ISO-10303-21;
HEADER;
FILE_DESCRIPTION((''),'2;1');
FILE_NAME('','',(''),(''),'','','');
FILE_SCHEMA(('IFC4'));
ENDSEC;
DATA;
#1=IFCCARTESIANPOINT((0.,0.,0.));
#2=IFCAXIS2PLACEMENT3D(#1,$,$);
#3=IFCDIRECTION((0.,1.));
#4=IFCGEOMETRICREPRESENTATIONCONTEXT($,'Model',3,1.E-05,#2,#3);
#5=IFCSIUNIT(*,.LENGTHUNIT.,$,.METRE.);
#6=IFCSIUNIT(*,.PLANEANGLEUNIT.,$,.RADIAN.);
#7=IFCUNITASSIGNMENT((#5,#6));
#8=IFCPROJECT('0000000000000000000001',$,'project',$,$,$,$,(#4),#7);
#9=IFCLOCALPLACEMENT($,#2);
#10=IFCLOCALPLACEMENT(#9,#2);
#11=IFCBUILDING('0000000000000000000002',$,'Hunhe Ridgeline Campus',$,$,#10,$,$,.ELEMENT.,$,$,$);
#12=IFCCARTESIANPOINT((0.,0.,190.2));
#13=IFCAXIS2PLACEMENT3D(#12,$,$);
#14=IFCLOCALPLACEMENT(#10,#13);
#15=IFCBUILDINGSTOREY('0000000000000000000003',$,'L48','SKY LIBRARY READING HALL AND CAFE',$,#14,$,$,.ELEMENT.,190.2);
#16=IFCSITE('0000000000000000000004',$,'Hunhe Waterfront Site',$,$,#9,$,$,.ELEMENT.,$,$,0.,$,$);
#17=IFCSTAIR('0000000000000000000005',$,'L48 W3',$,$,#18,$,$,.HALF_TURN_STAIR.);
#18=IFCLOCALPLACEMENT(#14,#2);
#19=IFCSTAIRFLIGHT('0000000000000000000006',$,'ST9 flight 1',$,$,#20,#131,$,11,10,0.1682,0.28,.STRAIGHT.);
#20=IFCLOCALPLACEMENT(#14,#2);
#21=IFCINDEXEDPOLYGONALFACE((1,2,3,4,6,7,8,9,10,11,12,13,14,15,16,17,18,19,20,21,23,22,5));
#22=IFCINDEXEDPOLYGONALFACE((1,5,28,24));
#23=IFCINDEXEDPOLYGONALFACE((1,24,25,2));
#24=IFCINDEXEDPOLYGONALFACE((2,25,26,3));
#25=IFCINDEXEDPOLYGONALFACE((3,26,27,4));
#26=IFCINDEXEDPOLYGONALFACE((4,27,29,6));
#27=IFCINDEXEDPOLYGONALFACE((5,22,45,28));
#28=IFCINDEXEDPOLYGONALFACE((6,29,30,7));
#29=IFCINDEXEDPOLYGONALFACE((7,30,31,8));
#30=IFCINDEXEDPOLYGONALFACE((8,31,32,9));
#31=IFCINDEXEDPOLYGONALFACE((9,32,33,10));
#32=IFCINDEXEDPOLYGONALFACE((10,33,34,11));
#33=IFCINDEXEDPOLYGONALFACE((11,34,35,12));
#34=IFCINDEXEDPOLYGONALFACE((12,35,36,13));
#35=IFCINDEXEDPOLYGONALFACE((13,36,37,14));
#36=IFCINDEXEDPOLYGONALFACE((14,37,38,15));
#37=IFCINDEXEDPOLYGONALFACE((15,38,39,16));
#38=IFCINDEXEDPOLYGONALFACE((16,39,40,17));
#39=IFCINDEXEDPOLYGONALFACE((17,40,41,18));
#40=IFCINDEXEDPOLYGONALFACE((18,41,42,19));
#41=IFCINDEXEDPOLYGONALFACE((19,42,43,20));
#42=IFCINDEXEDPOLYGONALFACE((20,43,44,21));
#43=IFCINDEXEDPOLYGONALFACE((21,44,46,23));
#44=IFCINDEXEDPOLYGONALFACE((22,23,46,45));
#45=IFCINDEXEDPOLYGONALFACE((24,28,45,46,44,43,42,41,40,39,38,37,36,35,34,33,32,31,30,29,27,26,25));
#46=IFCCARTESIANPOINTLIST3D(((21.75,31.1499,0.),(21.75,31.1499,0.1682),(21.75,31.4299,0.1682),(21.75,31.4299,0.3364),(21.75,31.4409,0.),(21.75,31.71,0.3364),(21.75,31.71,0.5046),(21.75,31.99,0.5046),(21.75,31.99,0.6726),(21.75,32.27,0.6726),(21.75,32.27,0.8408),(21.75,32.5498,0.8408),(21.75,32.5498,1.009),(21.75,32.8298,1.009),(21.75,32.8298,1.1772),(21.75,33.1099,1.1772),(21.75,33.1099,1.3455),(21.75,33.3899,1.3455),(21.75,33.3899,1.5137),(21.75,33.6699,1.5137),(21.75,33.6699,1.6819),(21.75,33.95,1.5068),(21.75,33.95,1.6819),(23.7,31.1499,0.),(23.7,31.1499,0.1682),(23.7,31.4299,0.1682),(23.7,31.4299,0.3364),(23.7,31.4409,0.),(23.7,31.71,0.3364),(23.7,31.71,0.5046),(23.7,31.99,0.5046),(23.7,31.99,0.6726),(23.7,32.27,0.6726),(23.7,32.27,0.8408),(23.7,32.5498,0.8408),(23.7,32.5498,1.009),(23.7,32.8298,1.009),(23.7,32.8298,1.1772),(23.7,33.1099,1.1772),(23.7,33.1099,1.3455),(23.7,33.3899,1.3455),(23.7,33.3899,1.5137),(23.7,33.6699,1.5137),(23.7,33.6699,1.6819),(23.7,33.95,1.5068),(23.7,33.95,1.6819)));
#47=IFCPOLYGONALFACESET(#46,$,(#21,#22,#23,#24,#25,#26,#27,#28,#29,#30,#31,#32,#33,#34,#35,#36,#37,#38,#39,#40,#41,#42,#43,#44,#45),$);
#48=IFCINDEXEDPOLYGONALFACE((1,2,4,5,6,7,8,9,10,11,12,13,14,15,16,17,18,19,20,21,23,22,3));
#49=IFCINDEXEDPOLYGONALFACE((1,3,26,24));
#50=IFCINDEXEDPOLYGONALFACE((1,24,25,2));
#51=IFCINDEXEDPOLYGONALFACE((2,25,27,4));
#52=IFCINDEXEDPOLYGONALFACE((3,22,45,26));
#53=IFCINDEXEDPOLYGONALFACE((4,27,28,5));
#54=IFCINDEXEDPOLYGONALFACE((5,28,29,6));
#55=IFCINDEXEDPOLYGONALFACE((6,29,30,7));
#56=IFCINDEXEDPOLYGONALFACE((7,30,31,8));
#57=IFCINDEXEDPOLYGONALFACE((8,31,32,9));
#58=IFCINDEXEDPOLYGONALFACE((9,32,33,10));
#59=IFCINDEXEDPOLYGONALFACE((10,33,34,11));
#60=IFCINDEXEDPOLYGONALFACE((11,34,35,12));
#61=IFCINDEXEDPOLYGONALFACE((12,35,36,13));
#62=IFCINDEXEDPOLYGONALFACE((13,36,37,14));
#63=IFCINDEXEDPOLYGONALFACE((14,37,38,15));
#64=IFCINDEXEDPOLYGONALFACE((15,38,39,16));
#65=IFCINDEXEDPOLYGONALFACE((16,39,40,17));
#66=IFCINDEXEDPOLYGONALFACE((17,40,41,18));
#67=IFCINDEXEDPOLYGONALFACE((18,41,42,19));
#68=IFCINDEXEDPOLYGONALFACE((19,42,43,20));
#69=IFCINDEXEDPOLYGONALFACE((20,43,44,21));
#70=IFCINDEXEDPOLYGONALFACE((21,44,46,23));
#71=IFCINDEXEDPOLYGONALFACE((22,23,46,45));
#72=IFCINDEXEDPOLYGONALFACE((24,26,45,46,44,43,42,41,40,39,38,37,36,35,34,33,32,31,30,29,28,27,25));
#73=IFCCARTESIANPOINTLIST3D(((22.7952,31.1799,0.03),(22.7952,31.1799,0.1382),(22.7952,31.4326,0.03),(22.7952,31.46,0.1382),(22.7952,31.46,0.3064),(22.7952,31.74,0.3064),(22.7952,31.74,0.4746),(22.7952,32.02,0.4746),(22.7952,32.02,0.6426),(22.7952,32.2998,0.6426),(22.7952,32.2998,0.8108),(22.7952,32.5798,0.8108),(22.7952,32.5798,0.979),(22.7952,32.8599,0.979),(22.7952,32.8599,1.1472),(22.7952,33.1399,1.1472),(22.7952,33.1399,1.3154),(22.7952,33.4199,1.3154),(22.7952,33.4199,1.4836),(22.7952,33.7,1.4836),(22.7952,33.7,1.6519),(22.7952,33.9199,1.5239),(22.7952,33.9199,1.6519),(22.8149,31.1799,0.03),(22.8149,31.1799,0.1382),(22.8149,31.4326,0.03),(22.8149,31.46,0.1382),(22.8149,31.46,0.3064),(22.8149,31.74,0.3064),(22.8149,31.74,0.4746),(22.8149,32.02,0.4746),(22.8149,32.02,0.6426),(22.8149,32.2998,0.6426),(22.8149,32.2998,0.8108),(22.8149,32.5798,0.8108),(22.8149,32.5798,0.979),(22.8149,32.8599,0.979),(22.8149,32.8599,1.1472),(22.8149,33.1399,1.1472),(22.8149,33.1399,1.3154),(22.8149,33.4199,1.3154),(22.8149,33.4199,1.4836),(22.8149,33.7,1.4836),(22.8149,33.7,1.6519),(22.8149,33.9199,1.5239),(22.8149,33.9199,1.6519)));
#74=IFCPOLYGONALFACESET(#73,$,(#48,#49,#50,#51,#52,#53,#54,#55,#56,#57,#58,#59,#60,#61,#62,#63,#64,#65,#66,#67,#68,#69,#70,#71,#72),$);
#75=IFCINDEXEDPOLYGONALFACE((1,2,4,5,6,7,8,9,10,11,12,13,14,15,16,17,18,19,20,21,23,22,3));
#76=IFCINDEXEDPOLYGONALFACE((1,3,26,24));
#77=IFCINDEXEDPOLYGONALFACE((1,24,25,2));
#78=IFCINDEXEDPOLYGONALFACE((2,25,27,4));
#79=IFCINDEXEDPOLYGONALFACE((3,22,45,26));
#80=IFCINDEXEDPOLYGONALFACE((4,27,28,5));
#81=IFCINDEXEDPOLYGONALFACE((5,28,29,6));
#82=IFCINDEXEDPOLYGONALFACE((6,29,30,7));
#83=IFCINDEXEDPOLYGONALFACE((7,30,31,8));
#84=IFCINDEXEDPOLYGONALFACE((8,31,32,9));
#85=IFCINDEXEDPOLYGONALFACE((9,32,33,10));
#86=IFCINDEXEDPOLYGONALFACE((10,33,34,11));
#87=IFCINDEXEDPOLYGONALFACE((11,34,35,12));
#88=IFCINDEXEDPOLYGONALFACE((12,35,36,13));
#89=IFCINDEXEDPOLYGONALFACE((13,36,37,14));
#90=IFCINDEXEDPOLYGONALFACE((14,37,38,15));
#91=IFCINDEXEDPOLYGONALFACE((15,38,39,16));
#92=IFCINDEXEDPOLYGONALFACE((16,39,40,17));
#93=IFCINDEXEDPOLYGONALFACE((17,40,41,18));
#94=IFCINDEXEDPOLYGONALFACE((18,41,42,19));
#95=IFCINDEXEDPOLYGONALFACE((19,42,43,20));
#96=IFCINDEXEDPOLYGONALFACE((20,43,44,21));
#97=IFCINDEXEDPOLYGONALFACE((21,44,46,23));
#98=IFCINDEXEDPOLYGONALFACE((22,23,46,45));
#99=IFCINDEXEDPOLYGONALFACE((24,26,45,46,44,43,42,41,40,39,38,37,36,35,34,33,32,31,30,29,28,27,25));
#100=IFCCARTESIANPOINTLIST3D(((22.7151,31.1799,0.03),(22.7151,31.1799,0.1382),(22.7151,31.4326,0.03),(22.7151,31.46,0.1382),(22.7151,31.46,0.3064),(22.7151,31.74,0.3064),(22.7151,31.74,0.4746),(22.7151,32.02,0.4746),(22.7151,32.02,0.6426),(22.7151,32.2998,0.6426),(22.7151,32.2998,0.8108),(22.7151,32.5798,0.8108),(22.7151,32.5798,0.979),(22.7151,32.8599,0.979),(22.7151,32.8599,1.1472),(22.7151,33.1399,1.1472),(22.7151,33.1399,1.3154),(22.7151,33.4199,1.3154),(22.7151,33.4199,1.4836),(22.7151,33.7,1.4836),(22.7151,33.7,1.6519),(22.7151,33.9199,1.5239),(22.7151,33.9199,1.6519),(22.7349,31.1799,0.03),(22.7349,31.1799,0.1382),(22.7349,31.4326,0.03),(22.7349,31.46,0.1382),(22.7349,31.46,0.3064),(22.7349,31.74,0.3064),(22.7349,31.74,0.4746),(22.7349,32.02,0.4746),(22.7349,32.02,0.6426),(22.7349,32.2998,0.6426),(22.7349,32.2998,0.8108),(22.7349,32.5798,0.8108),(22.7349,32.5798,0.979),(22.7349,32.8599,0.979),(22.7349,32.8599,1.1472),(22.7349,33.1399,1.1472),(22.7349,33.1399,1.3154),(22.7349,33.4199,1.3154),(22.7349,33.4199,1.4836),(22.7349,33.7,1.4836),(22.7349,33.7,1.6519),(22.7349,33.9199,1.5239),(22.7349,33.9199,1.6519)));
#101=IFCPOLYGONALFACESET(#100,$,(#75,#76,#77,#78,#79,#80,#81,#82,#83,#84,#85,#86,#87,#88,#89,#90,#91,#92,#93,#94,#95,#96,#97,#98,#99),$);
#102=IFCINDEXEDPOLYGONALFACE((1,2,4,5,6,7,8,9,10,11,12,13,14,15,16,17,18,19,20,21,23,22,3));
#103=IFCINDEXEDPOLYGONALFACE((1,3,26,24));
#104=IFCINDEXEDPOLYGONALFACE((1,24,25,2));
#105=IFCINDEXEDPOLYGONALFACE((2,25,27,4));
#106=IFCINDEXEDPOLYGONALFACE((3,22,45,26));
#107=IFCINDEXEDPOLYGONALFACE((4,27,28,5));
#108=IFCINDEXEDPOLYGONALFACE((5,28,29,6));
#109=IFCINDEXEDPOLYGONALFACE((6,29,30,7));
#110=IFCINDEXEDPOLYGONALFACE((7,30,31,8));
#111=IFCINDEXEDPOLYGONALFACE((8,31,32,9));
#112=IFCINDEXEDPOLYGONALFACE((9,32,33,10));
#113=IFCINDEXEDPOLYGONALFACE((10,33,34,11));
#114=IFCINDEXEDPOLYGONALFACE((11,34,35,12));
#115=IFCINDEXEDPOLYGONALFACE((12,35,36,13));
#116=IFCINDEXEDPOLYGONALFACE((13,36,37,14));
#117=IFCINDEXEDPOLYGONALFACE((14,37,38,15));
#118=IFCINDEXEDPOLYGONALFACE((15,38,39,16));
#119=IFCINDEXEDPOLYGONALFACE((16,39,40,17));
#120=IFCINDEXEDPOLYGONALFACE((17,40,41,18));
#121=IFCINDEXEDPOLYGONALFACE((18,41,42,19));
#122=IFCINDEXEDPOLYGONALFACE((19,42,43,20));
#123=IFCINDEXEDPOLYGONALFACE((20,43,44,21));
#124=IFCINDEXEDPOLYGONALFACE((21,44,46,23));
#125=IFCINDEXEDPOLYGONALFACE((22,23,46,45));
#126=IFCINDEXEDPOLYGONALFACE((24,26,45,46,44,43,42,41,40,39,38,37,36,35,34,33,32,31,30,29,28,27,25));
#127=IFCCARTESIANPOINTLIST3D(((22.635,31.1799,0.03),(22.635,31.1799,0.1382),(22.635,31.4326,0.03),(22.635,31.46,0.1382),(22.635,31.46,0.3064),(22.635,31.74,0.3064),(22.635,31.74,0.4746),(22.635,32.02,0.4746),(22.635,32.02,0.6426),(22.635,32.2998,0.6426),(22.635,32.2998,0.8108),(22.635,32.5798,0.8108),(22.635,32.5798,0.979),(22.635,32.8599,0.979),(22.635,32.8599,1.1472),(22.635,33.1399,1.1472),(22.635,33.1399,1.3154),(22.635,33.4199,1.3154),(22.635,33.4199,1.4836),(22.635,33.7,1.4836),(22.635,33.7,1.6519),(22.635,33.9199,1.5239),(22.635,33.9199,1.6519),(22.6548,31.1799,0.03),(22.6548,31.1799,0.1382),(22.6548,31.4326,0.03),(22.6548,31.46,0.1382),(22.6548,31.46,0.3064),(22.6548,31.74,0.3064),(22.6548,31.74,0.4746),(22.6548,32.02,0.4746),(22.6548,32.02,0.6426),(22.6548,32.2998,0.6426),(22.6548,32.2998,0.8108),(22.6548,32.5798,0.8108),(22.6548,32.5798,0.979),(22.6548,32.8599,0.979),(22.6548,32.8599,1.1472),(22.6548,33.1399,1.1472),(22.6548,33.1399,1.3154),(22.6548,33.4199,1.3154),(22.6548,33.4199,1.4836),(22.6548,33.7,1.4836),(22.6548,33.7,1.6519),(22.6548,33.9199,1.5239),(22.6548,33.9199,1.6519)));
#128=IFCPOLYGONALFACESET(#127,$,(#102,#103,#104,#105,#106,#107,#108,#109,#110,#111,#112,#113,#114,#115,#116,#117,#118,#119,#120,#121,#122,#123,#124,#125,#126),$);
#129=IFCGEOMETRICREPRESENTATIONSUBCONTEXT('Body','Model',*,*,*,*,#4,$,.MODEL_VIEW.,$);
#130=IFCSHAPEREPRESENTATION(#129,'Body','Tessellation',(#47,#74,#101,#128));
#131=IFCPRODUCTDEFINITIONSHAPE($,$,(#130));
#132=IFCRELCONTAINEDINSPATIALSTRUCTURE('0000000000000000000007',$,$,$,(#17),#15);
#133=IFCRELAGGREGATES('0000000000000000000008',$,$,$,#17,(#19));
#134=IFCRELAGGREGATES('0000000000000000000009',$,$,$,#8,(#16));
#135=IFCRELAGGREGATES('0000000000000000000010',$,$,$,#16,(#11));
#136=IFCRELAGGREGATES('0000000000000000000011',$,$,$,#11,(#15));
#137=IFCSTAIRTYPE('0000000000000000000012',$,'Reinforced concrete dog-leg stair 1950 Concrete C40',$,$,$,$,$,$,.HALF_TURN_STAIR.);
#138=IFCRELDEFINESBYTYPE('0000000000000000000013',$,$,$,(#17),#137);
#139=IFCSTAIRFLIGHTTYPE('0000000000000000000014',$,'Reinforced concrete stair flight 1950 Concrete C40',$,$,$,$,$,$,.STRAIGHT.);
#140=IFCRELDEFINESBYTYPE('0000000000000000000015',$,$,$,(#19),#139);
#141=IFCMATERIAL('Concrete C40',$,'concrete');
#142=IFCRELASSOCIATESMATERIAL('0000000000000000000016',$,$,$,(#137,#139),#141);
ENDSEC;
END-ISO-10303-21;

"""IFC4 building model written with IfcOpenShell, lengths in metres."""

from ifc_helpers import new_model, si_unit, direction, frame, origin, place, context, subcontext, project, spatial, polyline, outline, extrude, material, type_object, element, aggregate, save


model = new_model("IFC4")

# Units and contexts
model_context = context("Model", 3, precision=1e-05, world=origin(), true_north=direction((0.0, 1.0)))
body_context = subcontext(model_context, "Body", "Model", "MODEL_VIEW")
ifc_project = project(units=[si_unit("LENGTHUNIT", "METRE"), si_unit("PLANEANGLEUNIT", "RADIAN")], contexts=[model_context])

# Site, building, storey
site_placement = place(None, origin())
site = spatial("IfcSite", under=ifc_project, at=site_placement, Name="Hunhe Waterfront Site", CompositionType="ELEMENT", RefElevation=0.0)
building_placement = place(site_placement, origin())
building = spatial("IfcBuilding", under=site, at=building_placement, Name="Hunhe Ridgeline Campus", CompositionType="ELEMENT")
storey_placement = place(building_placement, frame((0.0, 0.0, 190.2)))
storey = spatial("IfcBuildingStorey", under=building, at=storey_placement, Name="L48", Description="SKY LIBRARY READING HALL AND CAFE", CompositionType="ELEMENT", Elevation=190.2)

# Stair, stair flight
ifc_material_1 = material(Name="Concrete C40", Category="concrete")
stair_type = type_object("IfcStairType", Name="Reinforced concrete dog-leg stair 1950 Concrete C40", PredefinedType="HALF_TURN_STAIR", material=ifc_material_1)
stair_placement = place(storey_placement, origin())
stair = element("IfcStair", 1, at=stair_placement, inside=storey, type_object=stair_type, Name="L48 W3", PredefinedType="HALF_TURN_STAIR")
stair_flight_type = type_object("IfcStairFlightType", Name="Reinforced concrete stair flight 1950 Concrete C40", PredefinedType="STRAIGHT", material=ifc_material_1)
stair_flight_1_placement = place(storey_placement, frame((22.7251, 31.1499, 0.0), z_axis=(0.0, 0.0, 1.0), x_axis=(0.0, 1.0, 0.0)))
stair_flight_1 = element("IfcStairFlight", 2, at=stair_flight_1_placement, type_object=stair_flight_type, Name="ST9 flight 1", NumberOfRisers=11, NumberOfTreads=10, PredefinedType="STRAIGHT", RiserHeight=0.1682, TreadLength=0.28, context=body_context, shape_type="SweptSolid", body=[
    extrude(outline(polyline([(0.0, 0.0), (0.0, 0.1682), (0.28, 0.1682), (0.28, 0.3364), (0.5601, 0.3364), (0.5601, 0.5046), (0.8401, 0.5046), (0.8401, 0.6726), (1.1201, 0.6726), (1.1201, 0.8408), (1.3999, 0.8408), (1.3999, 1.009), (1.6799, 1.009), (1.6799, 1.1772), (1.96, 1.1772), (1.96, 1.3455), (2.24, 1.3455), (2.24, 1.5137), (2.52, 1.5137), (2.52, 1.6819), (2.8, 1.6819), (2.8, 1.8501), (2.8, 1.5068), (0.291, 0.0), (0.0, 0.0)])), frame((0.0, 0.9751, 0.0), z_axis=(0.0, -1.0, 0.0), x_axis=(1.0, 0.0, 0.0)), (0.0, 0.0, 1.0), 1.95),
    extrude(outline(polyline([(0.03, 0.03), (0.03, 0.1382), (0.3101, 0.1382), (0.3101, 0.3064), (0.5901, 0.3064), (0.5901, 0.4746), (0.8701, 0.4746), (0.8701, 0.6426), (1.1499, 0.6426), (1.1499, 0.8108), (1.4299, 0.8108), (1.4299, 0.979), (1.71, 0.979), (1.71, 1.1472), (1.99, 1.1472), (1.99, 1.3154), (2.27, 1.3154), (2.27, 1.4836), (2.55, 1.4836), (2.55, 1.6519), (2.77, 1.6519), (2.77, 1.5239), (0.2827, 0.03), (0.03, 0.03)])), frame((0.0, -0.0701, 0.0), z_axis=(0.0, -1.0, 0.0), x_axis=(1.0, 0.0, 0.0)), (0.0, 0.0, 1.0), 0.0198),
    extrude(outline(polyline([(0.03, 0.03), (0.03, 0.1382), (0.3101, 0.1382), (0.3101, 0.3064), (0.5901, 0.3064), (0.5901, 0.4746), (0.8701, 0.4746), (0.8701, 0.6426), (1.1499, 0.6426), (1.1499, 0.8108), (1.4299, 0.8108), (1.4299, 0.979), (1.71, 0.979), (1.71, 1.1472), (1.99, 1.1472), (1.99, 1.3154), (2.27, 1.3154), (2.27, 1.4836), (2.55, 1.4836), (2.55, 1.6519), (2.77, 1.6519), (2.77, 1.5239), (0.2827, 0.03), (0.03, 0.03)])), frame((0.0, 0.01, 0.0), z_axis=(0.0, -1.0, 0.0), x_axis=(1.0, 0.0, 0.0)), (0.0, 0.0, 1.0), 0.0198),
    extrude(outline(polyline([(0.03, 0.03), (0.03, 0.1382), (0.3101, 0.1382), (0.3101, 0.3064), (0.5901, 0.3064), (0.5901, 0.4746), (0.8701, 0.4746), (0.8701, 0.6426), (1.1499, 0.6426), (1.1499, 0.8108), (1.4299, 0.8108), (1.4299, 0.979), (1.71, 0.979), (1.71, 1.1472), (1.99, 1.1472), (1.99, 1.3154), (2.27, 1.3154), (2.27, 1.4836), (2.55, 1.4836), (2.55, 1.6519), (2.77, 1.6519), (2.77, 1.5239), (0.2827, 0.03), (0.03, 0.03)])), frame((0.0, 0.0901, 0.0), z_axis=(0.0, -1.0, 0.0), x_axis=(1.0, 0.0, 0.0)), (0.0, 0.0, 1.0), 0.0198),
])
aggregate(stair, [stair_flight_1])

save(model, "model.ifc")
